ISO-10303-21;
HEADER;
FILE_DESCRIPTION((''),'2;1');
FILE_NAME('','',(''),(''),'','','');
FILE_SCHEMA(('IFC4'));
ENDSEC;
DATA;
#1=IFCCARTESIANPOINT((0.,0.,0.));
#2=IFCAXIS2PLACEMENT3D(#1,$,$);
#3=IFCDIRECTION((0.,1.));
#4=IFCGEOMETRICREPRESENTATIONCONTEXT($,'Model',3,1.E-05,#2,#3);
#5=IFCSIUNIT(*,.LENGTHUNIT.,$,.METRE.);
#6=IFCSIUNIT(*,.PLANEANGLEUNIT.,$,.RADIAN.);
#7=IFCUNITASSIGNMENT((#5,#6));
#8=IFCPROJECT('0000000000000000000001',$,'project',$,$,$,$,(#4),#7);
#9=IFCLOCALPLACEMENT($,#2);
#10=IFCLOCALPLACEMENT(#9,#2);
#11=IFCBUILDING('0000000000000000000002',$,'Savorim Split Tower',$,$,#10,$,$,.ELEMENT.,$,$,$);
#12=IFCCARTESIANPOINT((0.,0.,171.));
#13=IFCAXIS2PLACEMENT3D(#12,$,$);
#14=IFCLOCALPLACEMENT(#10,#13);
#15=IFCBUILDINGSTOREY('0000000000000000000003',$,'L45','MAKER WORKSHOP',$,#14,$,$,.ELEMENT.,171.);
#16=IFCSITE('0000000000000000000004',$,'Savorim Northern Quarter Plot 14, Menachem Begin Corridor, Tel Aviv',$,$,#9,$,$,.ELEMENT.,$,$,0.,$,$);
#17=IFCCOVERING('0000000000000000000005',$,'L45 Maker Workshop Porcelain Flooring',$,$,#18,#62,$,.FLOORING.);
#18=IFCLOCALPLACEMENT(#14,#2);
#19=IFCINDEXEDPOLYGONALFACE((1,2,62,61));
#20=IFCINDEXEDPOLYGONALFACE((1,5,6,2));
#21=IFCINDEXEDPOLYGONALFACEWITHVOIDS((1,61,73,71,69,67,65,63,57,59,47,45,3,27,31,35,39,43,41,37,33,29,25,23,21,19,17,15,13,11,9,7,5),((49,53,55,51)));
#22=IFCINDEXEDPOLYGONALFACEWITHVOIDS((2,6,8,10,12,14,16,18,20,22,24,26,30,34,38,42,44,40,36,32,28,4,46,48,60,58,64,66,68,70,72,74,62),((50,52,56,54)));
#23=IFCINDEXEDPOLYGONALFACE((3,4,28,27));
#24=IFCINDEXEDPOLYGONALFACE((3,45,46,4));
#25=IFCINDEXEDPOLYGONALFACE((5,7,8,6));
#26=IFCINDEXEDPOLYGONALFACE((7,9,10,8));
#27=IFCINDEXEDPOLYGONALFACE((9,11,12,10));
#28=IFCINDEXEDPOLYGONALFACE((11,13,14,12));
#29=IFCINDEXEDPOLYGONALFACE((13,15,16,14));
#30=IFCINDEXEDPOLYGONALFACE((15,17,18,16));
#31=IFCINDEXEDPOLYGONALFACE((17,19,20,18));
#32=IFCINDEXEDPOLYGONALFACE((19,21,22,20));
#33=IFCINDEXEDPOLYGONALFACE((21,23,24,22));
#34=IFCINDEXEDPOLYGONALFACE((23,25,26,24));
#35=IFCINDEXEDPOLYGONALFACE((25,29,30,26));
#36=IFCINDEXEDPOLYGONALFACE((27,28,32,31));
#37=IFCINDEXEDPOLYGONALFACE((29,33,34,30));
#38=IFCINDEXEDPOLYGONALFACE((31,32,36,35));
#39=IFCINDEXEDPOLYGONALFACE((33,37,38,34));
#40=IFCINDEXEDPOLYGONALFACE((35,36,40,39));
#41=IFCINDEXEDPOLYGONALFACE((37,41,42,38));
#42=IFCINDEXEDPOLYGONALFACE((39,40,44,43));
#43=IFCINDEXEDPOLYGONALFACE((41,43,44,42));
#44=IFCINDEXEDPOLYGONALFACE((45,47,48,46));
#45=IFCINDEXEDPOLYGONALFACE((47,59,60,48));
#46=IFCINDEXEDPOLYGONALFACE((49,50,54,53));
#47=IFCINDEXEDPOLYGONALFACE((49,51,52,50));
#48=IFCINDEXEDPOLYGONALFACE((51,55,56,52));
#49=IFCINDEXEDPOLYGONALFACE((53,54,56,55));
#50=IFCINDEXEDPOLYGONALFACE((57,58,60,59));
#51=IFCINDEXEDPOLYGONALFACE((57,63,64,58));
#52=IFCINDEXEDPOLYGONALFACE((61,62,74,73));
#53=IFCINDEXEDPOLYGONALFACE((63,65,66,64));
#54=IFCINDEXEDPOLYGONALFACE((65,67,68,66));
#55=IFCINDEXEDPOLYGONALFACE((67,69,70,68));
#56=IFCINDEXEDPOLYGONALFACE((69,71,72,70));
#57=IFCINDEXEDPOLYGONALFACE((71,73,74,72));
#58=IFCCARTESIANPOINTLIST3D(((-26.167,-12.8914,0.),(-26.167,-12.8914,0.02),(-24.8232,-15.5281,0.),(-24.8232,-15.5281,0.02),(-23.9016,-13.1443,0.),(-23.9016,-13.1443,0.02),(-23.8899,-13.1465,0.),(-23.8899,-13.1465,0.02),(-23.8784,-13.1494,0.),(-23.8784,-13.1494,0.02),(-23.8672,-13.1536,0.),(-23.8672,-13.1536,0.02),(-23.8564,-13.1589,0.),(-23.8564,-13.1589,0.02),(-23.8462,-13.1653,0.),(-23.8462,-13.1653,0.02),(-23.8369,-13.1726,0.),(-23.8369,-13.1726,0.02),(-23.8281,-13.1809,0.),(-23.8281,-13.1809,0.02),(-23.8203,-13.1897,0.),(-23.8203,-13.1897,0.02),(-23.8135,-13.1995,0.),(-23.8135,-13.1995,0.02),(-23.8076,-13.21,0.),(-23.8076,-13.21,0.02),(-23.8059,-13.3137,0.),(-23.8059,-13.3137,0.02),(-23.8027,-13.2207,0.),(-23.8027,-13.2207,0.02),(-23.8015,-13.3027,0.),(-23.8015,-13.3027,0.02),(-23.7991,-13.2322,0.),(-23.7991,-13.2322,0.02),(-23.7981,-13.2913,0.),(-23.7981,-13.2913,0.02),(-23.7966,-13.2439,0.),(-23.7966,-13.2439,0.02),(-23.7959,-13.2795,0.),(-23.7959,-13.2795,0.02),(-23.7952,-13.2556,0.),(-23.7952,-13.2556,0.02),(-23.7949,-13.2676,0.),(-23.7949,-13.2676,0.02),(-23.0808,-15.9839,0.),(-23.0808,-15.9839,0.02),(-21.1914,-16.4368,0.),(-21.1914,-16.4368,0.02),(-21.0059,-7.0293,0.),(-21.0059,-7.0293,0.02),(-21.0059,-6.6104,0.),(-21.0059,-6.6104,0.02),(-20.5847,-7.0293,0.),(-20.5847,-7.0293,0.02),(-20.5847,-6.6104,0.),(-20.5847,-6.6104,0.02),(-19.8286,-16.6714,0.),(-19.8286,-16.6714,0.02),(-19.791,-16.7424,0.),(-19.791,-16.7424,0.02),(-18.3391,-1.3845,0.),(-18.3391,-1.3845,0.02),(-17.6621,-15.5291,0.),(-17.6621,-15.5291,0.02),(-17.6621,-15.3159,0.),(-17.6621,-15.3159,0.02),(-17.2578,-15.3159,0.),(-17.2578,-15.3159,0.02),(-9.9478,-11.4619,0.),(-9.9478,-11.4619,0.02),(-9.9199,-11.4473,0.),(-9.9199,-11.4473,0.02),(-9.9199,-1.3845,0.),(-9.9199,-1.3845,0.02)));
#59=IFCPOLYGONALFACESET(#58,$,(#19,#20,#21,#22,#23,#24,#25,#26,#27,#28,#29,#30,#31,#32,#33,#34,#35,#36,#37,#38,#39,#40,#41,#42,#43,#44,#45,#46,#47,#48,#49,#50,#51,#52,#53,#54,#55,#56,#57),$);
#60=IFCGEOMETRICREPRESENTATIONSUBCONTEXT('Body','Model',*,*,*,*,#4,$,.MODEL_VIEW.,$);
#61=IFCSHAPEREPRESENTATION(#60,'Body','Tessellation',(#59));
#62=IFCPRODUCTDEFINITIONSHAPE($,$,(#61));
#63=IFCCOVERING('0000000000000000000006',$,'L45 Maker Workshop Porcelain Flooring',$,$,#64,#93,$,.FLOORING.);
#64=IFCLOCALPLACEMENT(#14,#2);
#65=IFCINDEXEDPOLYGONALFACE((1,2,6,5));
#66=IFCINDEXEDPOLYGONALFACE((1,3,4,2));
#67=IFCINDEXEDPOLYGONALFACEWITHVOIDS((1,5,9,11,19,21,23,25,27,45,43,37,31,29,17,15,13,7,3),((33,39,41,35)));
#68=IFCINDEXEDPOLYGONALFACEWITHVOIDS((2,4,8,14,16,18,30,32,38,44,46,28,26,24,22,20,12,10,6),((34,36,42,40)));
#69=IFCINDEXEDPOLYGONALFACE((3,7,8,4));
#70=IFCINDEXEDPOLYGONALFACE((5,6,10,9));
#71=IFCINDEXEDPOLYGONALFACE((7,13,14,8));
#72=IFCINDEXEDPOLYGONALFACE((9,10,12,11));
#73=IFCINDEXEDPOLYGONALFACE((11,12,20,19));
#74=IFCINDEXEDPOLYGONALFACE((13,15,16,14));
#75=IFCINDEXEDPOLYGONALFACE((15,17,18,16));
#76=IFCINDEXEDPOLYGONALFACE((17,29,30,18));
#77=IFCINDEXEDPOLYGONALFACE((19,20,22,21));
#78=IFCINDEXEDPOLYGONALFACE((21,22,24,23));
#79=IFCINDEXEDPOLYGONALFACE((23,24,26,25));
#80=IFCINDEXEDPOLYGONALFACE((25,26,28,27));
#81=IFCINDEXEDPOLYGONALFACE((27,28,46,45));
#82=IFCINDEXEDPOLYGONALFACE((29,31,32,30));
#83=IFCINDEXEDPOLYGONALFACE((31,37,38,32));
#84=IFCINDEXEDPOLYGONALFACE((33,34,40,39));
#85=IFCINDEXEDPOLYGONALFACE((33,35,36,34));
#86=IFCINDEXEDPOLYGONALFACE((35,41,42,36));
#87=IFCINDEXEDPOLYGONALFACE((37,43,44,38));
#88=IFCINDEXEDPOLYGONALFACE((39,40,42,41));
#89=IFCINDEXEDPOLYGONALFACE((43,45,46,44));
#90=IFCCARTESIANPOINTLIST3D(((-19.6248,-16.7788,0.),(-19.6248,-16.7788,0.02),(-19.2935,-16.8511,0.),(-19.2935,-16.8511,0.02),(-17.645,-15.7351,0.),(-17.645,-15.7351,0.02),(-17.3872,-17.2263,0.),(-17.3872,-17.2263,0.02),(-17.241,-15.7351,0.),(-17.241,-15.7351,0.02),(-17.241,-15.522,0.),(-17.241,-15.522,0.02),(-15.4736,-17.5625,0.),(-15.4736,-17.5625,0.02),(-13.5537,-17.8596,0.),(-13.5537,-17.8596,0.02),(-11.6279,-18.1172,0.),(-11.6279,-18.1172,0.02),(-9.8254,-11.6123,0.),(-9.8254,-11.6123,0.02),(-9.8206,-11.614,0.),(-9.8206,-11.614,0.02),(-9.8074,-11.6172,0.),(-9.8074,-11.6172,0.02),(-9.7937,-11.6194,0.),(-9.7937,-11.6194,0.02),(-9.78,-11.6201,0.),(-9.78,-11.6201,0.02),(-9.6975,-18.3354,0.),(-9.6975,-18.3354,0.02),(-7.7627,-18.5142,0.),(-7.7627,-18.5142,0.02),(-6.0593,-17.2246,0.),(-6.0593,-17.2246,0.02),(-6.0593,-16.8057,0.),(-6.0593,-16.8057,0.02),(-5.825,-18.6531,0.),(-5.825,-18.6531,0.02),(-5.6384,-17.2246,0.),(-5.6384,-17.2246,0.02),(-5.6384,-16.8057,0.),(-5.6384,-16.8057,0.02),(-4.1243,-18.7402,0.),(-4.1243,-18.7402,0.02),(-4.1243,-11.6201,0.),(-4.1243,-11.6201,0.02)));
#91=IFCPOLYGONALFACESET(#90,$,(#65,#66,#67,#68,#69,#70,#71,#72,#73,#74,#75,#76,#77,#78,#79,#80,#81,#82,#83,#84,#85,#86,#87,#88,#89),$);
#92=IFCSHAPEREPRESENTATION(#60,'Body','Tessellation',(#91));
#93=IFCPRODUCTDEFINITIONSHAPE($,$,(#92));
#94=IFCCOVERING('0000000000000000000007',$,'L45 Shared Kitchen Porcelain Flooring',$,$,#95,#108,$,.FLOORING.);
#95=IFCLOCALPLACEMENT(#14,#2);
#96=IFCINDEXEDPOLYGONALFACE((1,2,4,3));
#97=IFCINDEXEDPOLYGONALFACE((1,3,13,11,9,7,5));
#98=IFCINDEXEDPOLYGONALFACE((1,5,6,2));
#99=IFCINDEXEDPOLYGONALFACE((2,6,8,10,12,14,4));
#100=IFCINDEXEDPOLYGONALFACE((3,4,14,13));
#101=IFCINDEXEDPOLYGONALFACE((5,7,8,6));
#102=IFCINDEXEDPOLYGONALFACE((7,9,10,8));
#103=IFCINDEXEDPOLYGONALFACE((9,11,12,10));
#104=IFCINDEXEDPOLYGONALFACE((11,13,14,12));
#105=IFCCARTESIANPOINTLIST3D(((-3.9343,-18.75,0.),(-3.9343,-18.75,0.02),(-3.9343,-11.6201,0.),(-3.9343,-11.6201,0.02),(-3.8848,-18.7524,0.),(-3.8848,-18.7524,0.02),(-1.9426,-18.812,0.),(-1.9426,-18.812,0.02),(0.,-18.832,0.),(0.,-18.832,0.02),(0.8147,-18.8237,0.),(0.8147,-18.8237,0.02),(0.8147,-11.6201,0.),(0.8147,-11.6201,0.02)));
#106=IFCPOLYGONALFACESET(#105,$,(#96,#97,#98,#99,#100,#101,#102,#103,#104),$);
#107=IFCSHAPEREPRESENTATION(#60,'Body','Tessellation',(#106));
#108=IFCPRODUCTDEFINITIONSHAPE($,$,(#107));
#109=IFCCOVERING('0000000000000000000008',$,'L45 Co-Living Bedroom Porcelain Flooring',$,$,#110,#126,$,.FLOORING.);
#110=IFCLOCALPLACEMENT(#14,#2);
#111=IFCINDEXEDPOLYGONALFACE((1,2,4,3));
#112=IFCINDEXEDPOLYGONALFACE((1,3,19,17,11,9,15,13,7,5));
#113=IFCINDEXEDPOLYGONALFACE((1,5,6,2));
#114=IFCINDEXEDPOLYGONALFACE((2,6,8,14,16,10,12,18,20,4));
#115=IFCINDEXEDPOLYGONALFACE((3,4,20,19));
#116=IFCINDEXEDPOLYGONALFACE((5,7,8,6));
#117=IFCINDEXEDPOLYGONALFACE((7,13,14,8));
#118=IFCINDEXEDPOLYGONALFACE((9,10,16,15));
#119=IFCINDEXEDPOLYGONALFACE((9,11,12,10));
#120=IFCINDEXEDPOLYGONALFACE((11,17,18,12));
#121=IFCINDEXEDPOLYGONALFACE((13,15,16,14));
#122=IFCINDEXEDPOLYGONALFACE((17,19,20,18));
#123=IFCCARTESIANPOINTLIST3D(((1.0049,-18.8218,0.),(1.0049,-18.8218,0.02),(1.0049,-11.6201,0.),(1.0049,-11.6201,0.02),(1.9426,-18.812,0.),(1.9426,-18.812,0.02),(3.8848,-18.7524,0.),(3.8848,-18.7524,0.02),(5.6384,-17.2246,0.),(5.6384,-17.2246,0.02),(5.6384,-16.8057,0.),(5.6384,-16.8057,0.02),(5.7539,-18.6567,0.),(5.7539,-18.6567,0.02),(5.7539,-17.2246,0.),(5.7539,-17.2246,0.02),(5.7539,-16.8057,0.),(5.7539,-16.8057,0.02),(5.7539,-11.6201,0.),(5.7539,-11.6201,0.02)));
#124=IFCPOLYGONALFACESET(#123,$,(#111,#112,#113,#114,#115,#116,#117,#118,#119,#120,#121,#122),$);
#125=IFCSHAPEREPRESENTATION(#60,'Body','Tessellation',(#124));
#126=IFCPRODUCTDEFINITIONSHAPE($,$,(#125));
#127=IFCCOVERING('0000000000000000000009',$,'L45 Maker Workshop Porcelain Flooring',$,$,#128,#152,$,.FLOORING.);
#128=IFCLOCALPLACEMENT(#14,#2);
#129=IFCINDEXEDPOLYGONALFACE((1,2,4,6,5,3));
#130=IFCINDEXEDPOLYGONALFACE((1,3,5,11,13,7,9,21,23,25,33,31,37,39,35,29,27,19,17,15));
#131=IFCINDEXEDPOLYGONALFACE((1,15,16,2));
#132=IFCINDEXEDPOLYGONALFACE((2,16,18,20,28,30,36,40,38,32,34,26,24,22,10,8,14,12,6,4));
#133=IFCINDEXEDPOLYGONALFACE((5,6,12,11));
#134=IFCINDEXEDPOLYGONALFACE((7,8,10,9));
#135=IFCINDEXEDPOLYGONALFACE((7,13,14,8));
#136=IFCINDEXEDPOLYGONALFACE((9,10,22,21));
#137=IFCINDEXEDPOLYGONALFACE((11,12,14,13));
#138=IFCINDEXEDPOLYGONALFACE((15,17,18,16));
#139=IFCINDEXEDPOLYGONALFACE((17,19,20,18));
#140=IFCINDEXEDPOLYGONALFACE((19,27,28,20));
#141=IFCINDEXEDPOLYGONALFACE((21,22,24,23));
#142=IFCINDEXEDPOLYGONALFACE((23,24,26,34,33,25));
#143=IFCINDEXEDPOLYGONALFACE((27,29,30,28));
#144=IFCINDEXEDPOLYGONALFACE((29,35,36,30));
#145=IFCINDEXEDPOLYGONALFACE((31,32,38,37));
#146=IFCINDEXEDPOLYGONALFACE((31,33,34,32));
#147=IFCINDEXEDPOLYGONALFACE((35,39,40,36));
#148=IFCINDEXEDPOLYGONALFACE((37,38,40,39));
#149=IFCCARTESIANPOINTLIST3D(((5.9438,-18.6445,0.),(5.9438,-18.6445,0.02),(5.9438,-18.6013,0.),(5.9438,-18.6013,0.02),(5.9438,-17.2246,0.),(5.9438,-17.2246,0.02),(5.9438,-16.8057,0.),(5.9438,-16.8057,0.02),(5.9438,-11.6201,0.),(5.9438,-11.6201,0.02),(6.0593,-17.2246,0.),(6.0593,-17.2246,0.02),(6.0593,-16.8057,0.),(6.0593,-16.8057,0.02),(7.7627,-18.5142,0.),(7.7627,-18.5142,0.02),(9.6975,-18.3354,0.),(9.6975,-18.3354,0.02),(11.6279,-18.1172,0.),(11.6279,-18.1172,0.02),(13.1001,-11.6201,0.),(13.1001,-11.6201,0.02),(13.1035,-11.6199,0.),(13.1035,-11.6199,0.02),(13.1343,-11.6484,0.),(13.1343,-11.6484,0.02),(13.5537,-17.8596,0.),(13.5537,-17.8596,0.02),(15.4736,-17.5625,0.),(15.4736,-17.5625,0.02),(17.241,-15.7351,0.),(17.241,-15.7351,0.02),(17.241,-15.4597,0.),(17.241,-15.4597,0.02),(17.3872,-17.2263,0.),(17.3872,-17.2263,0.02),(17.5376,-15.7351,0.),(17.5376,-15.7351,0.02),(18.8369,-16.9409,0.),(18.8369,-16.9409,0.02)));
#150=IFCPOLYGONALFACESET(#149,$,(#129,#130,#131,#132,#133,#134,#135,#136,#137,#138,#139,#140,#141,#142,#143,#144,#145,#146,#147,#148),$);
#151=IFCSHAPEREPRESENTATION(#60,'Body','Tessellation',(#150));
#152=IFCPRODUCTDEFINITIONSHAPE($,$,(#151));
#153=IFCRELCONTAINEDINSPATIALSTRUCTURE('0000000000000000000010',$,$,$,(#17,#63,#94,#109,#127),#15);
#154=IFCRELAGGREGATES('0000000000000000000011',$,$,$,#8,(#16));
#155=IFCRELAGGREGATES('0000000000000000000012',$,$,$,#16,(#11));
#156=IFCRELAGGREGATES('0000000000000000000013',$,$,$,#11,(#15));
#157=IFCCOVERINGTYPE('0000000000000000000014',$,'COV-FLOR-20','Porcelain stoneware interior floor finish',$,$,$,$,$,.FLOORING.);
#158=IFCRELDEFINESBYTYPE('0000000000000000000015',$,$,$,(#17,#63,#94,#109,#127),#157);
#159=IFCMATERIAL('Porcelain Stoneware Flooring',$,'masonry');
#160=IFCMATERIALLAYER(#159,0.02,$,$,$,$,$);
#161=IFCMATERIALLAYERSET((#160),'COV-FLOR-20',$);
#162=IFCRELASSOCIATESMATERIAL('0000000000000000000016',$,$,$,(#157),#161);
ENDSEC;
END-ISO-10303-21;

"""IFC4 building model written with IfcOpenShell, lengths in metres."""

from ifc_helpers import new_model, si_unit, direction, frame, origin, place, context, subcontext, project, spatial, polyline, outline, extrude, material, layer, layer_set, type_object, element, save


model = new_model("IFC4")

# Units and contexts
model_context = context("Model", 3, precision=1e-05, world=origin(), true_north=direction((0.0, 1.0)))
body_context = subcontext(model_context, "Body", "Model", "MODEL_VIEW")
ifc_project = project(units=[si_unit("LENGTHUNIT", "METRE"), si_unit("PLANEANGLEUNIT", "RADIAN")], contexts=[model_context])

# Site, building, storey
site_placement = place(None, origin())
site = spatial("IfcSite", under=ifc_project, at=site_placement, Name="Savorim Northern Quarter Plot 14, Menachem Begin Corridor, Tel Aviv", CompositionType="ELEMENT", RefElevation=0.0)
building_placement = place(site_placement, origin())
building = spatial("IfcBuilding", under=site, at=building_placement, Name="Savorim Split Tower", CompositionType="ELEMENT")
storey_placement = place(building_placement, frame((0.0, 0.0, 171.0)))
storey = spatial("IfcBuildingStorey", under=building, at=storey_placement, Name="L45", Description="MAKER WORKSHOP", CompositionType="ELEMENT", Elevation=171.0)

# Coverings
ifc_material_1 = material(Name="Porcelain Stoneware Flooring", Category="masonry")
ifc_layer_1 = layer(ifc_material_1, 0.02)
ifc_layer_set_1 = layer_set([ifc_layer_1], Name="COV-FLOR-20")
covering_type_1 = type_object("IfcCoveringType", Name="COV-FLOR-20", Description="Porcelain stoneware interior floor finish", PredefinedType="FLOORING", material=ifc_layer_set_1)
covering_1_placement = place(storey_placement, origin())
element("IfcCovering", 1, at=covering_1_placement, inside=storey, type_object=covering_type_1, Name="L45 Maker Workshop Porcelain Flooring", PredefinedType="FLOORING", context=body_context, shape_type="SweptSolid", body=[
    extrude(outline(polyline([(-23.7952, -13.2556), (-23.7949, -13.2676), (-23.7959, -13.2795), (-23.7981, -13.2913), (-23.8015, -13.3027), (-23.8059, -13.3137), (-24.8232, -15.5281), (-23.0808, -15.9839), (-21.1914, -16.4368), (-19.791, -16.7424), (-19.8286, -16.6714), (-17.6621, -15.5291), (-17.6621, -15.3159), (-17.2578, -15.3159), (-9.9478, -11.4619), (-9.9199, -11.4473), (-9.9199, -1.3845), (-18.3391, -1.3845), (-26.167, -12.8914), (-23.9016, -13.1443), (-23.8899, -13.1465), (-23.8784, -13.1494), (-23.8672, -13.1536), (-23.8564, -13.1589), (-23.8462, -13.1653), (-23.8369, -13.1726), (-23.8281, -13.1809), (-23.8203, -13.1897), (-23.8135, -13.1995), (-23.8076, -13.21), (-23.8027, -13.2207), (-23.7991, -13.2322), (-23.7966, -13.2439), (-23.7952, -13.2556)]), holes=[polyline([(-21.0059, -7.0293), (-20.5847, -7.0293), (-20.5847, -6.6104), (-21.0059, -6.6104), (-21.0059, -7.0293)])]), origin(), (0.0, 0.0, 1.0), 0.02),
])
covering_2_placement = place(storey_placement, origin())
element("IfcCovering", 2, at=covering_2_placement, inside=storey, type_object=covering_type_1, Name="L45 Maker Workshop Porcelain Flooring", PredefinedType="FLOORING", context=body_context, shape_type="SweptSolid", body=[
    extrude(outline(polyline([(-9.6975, -18.3354), (-7.7627, -18.5142), (-5.825, -18.6531), (-4.1243, -18.7402), (-4.1243, -11.6201), (-9.78, -11.6201), (-9.7937, -11.6194), (-9.8074, -11.6172), (-9.8206, -11.614), (-9.8254, -11.6123), (-17.241, -15.522), (-17.241, -15.7351), (-17.645, -15.7351), (-19.6248, -16.7788), (-19.2935, -16.8511), (-17.3872, -17.2263), (-15.4736, -17.5625), (-13.5537, -17.8596), (-11.6279, -18.1172), (-9.6975, -18.3354)]), holes=[polyline([(-6.0593, -17.2246), (-5.6384, -17.2246), (-5.6384, -16.8057), (-6.0593, -16.8057), (-6.0593, -17.2246)])]), origin(), (0.0, 0.0, 1.0), 0.02),
])
covering_3_placement = place(storey_placement, origin())
element("IfcCovering", 3, at=covering_3_placement, inside=storey, type_object=covering_type_1, Name="L45 Shared Kitchen Porcelain Flooring", PredefinedType="FLOORING", context=body_context, shape_type="SweptSolid", body=[
    extrude(outline(polyline([(-3.8848, -18.7524), (-1.9426, -18.812), (0.0, -18.832), (0.8147, -18.8237), (0.8147, -11.6201), (-3.9343, -11.6201), (-3.9343, -18.75), (-3.8848, -18.7524)])), origin(), (0.0, 0.0, 1.0), 0.02),
])
covering_4_placement = place(storey_placement, origin())
element("IfcCovering", 4, at=covering_4_placement, inside=storey, type_object=covering_type_1, Name="L45 Co-Living Bedroom Porcelain Flooring", PredefinedType="FLOORING", context=body_context, shape_type="SweptSolid", body=[
    extrude(outline(polyline([(1.0049, -11.6201), (1.0049, -18.8218), (1.9426, -18.812), (3.8848, -18.7524), (5.7539, -18.6567), (5.7539, -17.2246), (5.6384, -17.2246), (5.6384, -16.8057), (5.7539, -16.8057), (5.7539, -11.6201), (1.0049, -11.6201)])), origin(), (0.0, 0.0, 1.0), 0.02),
])
covering_5_placement = place(storey_placement, origin())
element("IfcCovering", 5, at=covering_5_placement, inside=storey, type_object=covering_type_1, Name="L45 Maker Workshop Porcelain Flooring", PredefinedType="FLOORING", context=body_context, shape_type="SweptSolid", body=[
    extrude(outline(polyline([(11.6279, -18.1172), (13.5537, -17.8596), (15.4736, -17.5625), (17.3872, -17.2263), (18.8369, -16.9409), (17.5376, -15.7351), (17.241, -15.7351), (17.241, -15.4597), (13.1343, -11.6484), (13.1035, -11.6199), (13.1001, -11.6201), (5.9438, -11.6201), (5.9438, -16.8057), (6.0593, -16.8057), (6.0593, -17.2246), (5.9438, -17.2246), (5.9438, -18.6013), (5.9438, -18.6445), (7.7627, -18.5142), (9.6975, -18.3354), (11.6279, -18.1172)])), origin(), (0.0, 0.0, 1.0), 0.02),
])

save(model, "model.ifc")
